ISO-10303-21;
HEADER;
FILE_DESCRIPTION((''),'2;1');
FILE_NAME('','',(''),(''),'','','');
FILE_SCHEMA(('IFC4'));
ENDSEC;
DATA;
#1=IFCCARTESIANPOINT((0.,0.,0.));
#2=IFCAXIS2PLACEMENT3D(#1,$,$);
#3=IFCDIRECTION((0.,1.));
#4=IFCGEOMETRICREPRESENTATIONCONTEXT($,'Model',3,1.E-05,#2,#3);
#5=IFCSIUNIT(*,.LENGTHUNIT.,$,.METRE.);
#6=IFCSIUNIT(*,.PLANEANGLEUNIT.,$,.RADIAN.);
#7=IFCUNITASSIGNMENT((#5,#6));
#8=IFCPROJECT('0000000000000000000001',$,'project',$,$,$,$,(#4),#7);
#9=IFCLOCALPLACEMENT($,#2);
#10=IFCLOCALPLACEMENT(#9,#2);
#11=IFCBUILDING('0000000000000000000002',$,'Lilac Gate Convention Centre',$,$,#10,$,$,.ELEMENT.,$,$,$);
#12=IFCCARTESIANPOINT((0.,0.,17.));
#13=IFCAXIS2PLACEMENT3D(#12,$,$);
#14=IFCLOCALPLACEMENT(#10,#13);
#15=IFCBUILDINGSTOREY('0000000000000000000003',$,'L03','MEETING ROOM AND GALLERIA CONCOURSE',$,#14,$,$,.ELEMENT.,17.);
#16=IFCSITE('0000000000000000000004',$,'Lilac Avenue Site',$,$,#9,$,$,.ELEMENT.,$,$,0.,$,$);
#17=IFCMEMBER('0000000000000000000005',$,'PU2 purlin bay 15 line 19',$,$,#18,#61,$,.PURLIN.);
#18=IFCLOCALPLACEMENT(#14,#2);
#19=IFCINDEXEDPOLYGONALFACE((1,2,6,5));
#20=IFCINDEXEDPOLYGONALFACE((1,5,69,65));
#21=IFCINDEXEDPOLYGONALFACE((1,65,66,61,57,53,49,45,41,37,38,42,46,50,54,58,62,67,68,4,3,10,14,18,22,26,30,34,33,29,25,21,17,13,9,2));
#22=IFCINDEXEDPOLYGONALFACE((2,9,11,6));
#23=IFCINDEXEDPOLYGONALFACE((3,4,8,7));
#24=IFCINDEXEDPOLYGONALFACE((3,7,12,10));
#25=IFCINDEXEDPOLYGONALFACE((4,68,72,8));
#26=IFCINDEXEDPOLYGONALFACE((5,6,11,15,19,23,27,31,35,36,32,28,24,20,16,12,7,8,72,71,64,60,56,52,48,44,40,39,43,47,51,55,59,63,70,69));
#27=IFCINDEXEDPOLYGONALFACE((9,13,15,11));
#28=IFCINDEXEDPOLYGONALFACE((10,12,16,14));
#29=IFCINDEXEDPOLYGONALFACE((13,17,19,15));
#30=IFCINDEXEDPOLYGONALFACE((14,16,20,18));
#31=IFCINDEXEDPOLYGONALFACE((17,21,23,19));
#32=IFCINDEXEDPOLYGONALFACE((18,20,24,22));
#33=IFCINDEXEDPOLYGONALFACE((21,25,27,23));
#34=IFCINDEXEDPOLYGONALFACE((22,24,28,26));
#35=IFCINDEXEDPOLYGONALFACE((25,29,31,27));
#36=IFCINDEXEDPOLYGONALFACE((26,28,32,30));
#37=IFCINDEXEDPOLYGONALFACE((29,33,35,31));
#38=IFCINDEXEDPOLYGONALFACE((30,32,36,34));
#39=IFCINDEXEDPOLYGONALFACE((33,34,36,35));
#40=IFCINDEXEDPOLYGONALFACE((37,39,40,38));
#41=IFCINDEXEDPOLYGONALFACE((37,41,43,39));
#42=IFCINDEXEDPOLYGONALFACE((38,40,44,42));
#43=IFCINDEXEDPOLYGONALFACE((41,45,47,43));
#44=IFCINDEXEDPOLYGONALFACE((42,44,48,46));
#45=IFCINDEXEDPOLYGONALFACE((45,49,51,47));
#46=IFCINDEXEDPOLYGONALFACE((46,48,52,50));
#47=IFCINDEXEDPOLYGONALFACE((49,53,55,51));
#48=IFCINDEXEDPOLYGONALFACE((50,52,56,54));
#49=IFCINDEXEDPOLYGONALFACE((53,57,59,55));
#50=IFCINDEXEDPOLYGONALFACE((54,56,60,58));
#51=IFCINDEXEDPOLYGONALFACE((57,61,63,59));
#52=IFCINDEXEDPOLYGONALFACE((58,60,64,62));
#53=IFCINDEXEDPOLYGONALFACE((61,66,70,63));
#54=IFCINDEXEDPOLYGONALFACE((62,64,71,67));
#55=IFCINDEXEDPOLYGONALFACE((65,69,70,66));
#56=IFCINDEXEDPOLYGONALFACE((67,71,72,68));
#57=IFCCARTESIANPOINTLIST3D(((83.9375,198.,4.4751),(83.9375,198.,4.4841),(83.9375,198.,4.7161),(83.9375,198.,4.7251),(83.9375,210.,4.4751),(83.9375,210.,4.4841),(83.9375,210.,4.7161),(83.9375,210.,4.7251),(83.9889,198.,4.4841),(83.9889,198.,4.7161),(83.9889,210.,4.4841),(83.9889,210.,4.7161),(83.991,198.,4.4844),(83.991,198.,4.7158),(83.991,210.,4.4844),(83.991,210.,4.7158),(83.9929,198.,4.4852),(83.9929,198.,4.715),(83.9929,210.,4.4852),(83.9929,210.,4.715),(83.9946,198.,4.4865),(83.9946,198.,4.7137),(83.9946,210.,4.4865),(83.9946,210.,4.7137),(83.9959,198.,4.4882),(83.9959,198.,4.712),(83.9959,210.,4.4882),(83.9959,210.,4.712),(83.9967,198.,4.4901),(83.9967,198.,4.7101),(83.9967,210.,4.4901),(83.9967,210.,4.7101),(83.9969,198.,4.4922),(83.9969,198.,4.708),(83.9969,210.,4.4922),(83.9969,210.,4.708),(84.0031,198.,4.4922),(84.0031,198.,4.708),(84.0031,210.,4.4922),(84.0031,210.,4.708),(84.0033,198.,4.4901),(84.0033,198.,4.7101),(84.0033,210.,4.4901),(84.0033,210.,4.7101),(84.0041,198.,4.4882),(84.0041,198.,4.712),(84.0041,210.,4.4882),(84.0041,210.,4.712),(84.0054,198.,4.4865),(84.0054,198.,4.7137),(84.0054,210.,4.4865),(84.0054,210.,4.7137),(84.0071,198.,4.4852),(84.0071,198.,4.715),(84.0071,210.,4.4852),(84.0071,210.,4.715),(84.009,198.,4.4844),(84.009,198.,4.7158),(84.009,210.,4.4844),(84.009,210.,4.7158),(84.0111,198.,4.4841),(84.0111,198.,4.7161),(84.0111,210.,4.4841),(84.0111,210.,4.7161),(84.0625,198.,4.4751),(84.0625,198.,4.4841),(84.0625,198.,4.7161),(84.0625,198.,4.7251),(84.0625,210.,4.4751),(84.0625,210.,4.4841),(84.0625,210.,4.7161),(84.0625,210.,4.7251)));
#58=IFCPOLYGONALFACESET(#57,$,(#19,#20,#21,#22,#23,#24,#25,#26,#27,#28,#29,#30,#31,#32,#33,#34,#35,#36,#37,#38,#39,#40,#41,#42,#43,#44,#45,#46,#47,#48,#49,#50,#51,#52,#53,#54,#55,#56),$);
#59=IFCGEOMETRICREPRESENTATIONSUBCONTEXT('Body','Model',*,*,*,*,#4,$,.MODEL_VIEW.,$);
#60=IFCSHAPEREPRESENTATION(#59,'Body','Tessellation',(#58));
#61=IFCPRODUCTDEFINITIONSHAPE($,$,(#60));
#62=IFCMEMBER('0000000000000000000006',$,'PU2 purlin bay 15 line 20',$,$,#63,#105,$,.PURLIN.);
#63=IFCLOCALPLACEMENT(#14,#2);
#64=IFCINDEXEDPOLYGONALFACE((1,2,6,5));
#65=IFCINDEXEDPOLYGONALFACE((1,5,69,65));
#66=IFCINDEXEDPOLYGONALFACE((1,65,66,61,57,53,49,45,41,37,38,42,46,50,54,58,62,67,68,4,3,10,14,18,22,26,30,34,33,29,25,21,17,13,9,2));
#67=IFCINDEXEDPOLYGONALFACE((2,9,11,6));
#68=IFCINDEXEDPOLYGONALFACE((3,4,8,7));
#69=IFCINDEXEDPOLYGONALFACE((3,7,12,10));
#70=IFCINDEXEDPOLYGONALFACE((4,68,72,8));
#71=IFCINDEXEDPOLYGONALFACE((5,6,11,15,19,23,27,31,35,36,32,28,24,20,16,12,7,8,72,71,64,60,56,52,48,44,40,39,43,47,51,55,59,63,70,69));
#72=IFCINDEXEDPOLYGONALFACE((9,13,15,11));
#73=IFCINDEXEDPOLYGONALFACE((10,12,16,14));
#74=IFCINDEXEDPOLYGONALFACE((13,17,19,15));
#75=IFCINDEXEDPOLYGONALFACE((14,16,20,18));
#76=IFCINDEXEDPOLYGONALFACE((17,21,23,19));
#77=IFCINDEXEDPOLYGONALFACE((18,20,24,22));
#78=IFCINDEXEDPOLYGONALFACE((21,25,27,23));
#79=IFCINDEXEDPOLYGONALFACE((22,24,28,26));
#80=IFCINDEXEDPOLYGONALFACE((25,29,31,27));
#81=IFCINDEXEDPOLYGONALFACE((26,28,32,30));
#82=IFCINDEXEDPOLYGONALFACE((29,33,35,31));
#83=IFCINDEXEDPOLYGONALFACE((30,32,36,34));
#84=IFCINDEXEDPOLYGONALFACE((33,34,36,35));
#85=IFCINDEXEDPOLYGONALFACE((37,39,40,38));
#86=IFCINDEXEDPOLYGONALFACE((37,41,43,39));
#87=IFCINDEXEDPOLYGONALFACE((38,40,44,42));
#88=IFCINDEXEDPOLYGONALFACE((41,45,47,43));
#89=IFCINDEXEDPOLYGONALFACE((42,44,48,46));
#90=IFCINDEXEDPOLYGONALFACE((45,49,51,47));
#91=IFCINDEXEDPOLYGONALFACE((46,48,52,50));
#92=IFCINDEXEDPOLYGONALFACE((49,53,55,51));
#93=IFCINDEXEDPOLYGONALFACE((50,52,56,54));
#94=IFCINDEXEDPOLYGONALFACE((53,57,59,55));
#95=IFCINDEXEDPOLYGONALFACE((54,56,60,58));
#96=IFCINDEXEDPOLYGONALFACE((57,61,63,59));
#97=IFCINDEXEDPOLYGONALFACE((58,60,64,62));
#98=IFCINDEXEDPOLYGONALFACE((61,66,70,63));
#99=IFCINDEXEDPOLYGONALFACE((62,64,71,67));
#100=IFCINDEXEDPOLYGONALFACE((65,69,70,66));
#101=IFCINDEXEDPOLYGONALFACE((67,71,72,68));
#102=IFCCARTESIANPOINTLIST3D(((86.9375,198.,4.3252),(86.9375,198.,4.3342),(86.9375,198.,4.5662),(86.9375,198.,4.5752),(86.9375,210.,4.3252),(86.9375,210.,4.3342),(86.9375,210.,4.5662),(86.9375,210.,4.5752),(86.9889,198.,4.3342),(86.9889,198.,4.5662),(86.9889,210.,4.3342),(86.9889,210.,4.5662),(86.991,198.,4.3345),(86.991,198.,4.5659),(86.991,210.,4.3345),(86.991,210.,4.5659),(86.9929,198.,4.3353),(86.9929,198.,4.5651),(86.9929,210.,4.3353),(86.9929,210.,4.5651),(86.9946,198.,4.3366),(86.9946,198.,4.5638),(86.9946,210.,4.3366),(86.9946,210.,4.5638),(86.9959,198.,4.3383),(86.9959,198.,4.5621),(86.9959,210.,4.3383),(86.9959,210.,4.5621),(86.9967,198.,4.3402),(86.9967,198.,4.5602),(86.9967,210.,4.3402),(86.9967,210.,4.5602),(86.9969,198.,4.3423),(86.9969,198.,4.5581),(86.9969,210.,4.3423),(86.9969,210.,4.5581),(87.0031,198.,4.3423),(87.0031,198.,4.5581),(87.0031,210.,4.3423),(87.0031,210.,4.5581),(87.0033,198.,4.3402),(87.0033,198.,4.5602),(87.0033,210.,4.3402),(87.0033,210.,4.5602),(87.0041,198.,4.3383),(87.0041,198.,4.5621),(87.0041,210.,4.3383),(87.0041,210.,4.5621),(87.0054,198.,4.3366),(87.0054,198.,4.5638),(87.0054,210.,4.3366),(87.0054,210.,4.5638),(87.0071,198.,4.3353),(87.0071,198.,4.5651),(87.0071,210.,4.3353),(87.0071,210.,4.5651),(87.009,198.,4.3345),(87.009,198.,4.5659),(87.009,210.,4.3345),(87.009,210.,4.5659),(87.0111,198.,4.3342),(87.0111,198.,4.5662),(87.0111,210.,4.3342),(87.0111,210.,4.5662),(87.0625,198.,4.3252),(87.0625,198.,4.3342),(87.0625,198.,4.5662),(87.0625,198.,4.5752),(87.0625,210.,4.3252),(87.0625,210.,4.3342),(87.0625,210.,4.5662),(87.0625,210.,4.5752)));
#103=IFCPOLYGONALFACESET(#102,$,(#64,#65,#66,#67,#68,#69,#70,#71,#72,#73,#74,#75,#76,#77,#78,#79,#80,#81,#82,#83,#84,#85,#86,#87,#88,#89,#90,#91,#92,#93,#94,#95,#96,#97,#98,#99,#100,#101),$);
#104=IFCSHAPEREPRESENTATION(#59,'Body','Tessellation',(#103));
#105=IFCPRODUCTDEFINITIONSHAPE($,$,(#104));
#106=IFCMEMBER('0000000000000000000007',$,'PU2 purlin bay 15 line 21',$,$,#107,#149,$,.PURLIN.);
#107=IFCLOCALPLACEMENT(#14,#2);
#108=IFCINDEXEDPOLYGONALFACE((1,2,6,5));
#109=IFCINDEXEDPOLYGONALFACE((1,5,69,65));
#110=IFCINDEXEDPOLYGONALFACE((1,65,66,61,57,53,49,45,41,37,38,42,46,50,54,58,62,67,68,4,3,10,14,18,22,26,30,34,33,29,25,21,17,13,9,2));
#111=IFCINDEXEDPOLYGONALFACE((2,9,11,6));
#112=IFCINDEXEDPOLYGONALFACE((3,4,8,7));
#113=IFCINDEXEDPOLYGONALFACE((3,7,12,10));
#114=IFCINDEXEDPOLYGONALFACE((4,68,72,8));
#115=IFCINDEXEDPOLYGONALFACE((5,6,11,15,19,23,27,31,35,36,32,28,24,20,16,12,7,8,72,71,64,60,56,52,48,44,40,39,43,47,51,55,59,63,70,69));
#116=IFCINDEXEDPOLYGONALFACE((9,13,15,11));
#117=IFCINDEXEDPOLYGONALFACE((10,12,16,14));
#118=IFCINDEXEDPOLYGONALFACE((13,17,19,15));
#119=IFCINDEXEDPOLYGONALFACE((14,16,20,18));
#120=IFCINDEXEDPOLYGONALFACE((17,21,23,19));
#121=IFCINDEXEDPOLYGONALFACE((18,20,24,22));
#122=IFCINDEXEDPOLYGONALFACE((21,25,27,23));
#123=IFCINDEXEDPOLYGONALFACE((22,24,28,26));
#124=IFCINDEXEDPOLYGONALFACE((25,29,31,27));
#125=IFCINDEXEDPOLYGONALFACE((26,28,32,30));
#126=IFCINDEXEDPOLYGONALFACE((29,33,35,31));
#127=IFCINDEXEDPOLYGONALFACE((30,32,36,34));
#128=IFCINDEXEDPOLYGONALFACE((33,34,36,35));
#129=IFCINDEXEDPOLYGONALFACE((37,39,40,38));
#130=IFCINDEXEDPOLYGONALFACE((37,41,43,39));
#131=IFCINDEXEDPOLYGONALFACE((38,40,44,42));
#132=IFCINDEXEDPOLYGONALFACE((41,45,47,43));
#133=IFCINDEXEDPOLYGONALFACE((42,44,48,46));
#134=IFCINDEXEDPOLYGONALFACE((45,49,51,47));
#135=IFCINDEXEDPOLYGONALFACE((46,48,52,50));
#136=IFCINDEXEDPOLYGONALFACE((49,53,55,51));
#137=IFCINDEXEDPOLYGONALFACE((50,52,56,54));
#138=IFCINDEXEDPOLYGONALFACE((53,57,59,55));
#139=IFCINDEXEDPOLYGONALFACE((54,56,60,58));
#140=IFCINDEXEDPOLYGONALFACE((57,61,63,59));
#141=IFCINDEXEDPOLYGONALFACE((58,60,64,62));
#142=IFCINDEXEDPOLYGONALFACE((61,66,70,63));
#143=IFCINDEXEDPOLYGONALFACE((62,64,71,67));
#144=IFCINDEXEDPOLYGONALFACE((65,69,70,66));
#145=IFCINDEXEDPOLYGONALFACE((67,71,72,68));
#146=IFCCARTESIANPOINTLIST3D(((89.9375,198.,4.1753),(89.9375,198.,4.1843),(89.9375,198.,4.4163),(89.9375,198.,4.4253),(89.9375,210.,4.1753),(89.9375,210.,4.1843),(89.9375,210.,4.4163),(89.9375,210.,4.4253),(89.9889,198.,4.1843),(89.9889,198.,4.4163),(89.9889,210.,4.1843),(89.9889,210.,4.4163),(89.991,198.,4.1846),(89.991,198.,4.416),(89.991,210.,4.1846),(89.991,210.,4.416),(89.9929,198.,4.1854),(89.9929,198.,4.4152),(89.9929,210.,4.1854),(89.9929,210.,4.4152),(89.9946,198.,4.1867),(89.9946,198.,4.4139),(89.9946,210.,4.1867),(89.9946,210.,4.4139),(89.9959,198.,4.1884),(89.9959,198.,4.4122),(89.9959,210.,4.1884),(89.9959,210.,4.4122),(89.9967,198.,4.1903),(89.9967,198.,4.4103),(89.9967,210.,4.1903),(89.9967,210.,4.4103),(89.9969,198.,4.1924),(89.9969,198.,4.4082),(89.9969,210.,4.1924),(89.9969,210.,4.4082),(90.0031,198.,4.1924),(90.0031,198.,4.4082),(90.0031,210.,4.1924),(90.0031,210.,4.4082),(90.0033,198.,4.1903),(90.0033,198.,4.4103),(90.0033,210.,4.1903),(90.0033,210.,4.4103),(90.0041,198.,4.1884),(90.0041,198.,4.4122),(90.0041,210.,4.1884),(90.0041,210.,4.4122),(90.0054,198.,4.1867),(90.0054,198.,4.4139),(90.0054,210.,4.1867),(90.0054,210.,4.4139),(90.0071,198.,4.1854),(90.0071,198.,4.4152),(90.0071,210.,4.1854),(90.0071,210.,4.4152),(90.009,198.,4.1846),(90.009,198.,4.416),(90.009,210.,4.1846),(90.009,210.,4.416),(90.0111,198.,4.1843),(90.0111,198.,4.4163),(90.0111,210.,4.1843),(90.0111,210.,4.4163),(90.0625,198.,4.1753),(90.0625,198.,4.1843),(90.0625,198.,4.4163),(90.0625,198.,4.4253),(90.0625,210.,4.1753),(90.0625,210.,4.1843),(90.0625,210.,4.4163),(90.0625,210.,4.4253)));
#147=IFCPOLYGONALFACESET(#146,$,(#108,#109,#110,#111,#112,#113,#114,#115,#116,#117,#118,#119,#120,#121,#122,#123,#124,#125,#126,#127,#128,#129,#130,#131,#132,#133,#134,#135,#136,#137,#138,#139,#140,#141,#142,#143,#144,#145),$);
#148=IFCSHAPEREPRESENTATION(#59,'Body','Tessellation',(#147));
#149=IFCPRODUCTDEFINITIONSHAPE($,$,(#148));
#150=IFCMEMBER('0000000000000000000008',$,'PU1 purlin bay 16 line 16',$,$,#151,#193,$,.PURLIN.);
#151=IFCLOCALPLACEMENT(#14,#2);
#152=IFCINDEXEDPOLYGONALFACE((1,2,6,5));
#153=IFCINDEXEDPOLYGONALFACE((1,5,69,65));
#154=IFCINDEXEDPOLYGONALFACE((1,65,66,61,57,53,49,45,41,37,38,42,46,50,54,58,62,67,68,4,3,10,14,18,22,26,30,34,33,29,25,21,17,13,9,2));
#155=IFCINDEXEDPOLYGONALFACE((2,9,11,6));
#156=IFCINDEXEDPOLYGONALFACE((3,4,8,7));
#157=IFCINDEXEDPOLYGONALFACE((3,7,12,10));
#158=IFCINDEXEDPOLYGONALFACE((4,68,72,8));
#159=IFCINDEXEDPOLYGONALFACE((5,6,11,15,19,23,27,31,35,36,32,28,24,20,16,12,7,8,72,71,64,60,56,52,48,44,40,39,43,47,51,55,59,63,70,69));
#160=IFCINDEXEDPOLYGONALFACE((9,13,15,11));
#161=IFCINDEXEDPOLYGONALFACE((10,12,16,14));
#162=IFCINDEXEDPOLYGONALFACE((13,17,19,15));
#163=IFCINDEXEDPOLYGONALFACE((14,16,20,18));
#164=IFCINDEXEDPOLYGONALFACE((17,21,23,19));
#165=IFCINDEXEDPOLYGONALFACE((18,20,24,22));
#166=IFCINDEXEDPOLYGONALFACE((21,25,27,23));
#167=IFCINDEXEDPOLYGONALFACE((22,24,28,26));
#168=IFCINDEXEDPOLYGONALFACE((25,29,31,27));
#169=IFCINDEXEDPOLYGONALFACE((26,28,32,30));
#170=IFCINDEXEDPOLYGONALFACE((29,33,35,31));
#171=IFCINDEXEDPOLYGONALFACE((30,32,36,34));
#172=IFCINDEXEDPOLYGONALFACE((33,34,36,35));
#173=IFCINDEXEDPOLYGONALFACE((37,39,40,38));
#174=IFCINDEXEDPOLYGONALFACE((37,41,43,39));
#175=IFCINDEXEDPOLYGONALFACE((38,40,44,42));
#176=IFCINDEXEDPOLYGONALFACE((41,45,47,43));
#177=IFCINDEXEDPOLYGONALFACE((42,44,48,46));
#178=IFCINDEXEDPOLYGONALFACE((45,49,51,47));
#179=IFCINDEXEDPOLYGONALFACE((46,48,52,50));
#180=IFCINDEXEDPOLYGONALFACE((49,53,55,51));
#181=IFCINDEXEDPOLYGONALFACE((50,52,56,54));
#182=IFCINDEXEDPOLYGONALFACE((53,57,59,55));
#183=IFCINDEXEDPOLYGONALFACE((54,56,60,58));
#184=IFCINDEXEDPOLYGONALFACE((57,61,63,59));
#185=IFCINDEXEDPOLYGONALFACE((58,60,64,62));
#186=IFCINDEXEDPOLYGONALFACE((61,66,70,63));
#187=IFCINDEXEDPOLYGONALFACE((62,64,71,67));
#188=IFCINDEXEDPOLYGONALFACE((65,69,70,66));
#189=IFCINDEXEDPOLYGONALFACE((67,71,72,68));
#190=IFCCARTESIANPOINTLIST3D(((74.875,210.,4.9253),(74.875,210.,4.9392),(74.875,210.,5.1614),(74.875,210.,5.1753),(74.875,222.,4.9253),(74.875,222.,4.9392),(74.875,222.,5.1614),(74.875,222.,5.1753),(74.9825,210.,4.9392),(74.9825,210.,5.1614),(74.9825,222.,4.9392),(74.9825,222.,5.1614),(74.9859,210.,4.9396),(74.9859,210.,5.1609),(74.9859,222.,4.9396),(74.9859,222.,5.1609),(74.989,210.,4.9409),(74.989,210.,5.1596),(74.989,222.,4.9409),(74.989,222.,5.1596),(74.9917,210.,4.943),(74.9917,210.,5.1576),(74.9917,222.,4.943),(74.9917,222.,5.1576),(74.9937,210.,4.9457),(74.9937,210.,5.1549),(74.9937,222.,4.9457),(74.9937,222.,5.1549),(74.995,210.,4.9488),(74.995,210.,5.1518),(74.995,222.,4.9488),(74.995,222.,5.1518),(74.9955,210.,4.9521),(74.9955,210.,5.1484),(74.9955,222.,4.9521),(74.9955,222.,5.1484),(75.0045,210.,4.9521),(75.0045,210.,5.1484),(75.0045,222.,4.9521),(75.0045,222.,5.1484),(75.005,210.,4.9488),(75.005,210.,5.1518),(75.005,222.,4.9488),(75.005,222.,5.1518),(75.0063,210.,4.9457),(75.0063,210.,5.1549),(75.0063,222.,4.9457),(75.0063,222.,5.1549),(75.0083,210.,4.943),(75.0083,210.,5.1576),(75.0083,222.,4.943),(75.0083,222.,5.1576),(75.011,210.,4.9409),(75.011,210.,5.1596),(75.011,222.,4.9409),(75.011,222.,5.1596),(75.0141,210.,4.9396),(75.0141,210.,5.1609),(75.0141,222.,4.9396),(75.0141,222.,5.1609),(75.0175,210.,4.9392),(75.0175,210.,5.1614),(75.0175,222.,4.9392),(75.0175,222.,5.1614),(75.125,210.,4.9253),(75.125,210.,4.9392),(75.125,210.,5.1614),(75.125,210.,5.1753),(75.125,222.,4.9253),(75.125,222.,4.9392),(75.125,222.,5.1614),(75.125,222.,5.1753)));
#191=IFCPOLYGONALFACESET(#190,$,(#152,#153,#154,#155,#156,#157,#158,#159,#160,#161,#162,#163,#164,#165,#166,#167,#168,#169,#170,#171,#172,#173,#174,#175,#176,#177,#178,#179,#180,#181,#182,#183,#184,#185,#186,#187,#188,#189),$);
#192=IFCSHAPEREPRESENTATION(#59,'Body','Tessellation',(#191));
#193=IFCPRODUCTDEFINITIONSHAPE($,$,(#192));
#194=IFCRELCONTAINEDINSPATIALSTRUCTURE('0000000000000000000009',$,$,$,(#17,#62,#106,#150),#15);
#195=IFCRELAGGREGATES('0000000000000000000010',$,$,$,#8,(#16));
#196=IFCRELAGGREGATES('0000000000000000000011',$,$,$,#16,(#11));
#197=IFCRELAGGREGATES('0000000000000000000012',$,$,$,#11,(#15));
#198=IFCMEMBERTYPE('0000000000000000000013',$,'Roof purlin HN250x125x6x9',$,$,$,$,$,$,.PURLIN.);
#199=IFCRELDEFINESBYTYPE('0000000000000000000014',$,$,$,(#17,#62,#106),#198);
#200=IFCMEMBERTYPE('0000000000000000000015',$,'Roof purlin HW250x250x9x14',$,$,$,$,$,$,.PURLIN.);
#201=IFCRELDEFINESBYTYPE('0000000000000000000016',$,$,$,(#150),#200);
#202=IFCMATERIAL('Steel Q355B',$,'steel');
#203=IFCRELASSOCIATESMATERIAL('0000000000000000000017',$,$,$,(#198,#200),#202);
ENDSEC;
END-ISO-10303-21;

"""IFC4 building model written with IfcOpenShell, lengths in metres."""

from ifc_helpers import new_model, si_unit, direction, frame, origin, origin_2d, place, context, subcontext, project, spatial, i_section, extrude, material, material_profile, profile_set, type_object, element, save


model = new_model("IFC4")

# Units and contexts
model_context = context("Model", 3, precision=1e-05, world=origin(), true_north=direction((0.0, 1.0)))
body_context = subcontext(model_context, "Body", "Model", "MODEL_VIEW")
ifc_project = project(units=[si_unit("LENGTHUNIT", "METRE"), si_unit("PLANEANGLEUNIT", "RADIAN")], contexts=[model_context])

# Site, building, storey
site_placement = place(None, origin())
site = spatial("IfcSite", under=ifc_project, at=site_placement, Name="Lilac Avenue Site", CompositionType="ELEMENT", RefElevation=0.0)
building_placement = place(site_placement, origin())
building = spatial("IfcBuilding", under=site, at=building_placement, Name="Lilac Gate Convention Centre", CompositionType="ELEMENT")
storey_placement = place(building_placement, frame((0.0, 0.0, 17.0)))
storey = spatial("IfcBuildingStorey", under=building, at=storey_placement, Name="L03", Description="MEETING ROOM AND GALLERIA CONCOURSE", CompositionType="ELEMENT", Elevation=17.0)

# Members
ifc_material_1 = material(Name="Steel Q355B", Category="steel")
ifc_material_profile_1 = material_profile(ifc_material_1, i_section(OverallWidth=0.125, OverallDepth=0.25, WebThickness=0.0061, FlangeThickness=0.009, FilletRadius=0.0081, at=origin_2d()), Name="HN250x125x6x9")
ifc_profile_set_1 = profile_set([ifc_material_profile_1], Name="Steel Q355B")
member_type_1 = type_object("IfcMemberType", Name="Roof purlin HN250x125x6x9", PredefinedType="PURLIN", material=ifc_profile_set_1)
for number, where, z_axis, x_axis, name in (
    (1, (84.0, 198.0, 4.6001), (0.0, 1.0, 0.0), (-1.0, 0.0, 0.0), "PU2 purlin bay 15 line 19"),
    (2, (87.0, 198.0, 4.4502), (0.0, 1.0, 0.0), (-1.0, 0.0, 0.0), "PU2 purlin bay 15 line 20"),
    (3, (90.0, 198.0, 4.3003), (0.0, 1.0, 0.0), (-1.0, 0.0, 0.0), "PU2 purlin bay 15 line 21"),
):
    element("IfcMember", number, at=place(storey_placement, frame(where, z_axis=z_axis, x_axis=x_axis)), inside=storey, type_object=member_type_1, Name=name, PredefinedType="PURLIN", context=body_context, shape_type="SweptSolid", body=[
        extrude(i_section(OverallWidth=0.125, OverallDepth=0.25, WebThickness=0.0061, FlangeThickness=0.009, FilletRadius=0.0081, at=origin_2d()), origin(), (0.0, 0.0, 1.0), 12.0),
    ])
ifc_material_profile_2 = material_profile(ifc_material_1, i_section(OverallWidth=0.25, OverallDepth=0.25, WebThickness=0.009, FlangeThickness=0.0139, FilletRadius=0.0129, at=origin_2d()), Name="HW250x250x9x14")
ifc_profile_set_2 = profile_set([ifc_material_profile_2], Name="Steel Q355B")
member_type_2 = type_object("IfcMemberType", Name="Roof purlin HW250x250x9x14", PredefinedType="PURLIN", material=ifc_profile_set_2)
for number, where, z_axis, x_axis, name in (
    (4, (75.0, 210.0, 5.0503), (0.0, 1.0, 0.0), (-1.0, 0.0, 0.0), "PU1 purlin bay 16 line 16"),
):
    element("IfcMember", number, at=place(storey_placement, frame(where, z_axis=z_axis, x_axis=x_axis)), inside=storey, type_object=member_type_2, Name=name, PredefinedType="PURLIN", context=body_context, shape_type="SweptSolid", body=[
        extrude(i_section(OverallWidth=0.25, OverallDepth=0.25, WebThickness=0.009, FlangeThickness=0.0139, FilletRadius=0.0129, at=origin_2d()), origin(), (0.0, 0.0, 1.0), 12.0),
    ])

save(model, "model.ifc")
